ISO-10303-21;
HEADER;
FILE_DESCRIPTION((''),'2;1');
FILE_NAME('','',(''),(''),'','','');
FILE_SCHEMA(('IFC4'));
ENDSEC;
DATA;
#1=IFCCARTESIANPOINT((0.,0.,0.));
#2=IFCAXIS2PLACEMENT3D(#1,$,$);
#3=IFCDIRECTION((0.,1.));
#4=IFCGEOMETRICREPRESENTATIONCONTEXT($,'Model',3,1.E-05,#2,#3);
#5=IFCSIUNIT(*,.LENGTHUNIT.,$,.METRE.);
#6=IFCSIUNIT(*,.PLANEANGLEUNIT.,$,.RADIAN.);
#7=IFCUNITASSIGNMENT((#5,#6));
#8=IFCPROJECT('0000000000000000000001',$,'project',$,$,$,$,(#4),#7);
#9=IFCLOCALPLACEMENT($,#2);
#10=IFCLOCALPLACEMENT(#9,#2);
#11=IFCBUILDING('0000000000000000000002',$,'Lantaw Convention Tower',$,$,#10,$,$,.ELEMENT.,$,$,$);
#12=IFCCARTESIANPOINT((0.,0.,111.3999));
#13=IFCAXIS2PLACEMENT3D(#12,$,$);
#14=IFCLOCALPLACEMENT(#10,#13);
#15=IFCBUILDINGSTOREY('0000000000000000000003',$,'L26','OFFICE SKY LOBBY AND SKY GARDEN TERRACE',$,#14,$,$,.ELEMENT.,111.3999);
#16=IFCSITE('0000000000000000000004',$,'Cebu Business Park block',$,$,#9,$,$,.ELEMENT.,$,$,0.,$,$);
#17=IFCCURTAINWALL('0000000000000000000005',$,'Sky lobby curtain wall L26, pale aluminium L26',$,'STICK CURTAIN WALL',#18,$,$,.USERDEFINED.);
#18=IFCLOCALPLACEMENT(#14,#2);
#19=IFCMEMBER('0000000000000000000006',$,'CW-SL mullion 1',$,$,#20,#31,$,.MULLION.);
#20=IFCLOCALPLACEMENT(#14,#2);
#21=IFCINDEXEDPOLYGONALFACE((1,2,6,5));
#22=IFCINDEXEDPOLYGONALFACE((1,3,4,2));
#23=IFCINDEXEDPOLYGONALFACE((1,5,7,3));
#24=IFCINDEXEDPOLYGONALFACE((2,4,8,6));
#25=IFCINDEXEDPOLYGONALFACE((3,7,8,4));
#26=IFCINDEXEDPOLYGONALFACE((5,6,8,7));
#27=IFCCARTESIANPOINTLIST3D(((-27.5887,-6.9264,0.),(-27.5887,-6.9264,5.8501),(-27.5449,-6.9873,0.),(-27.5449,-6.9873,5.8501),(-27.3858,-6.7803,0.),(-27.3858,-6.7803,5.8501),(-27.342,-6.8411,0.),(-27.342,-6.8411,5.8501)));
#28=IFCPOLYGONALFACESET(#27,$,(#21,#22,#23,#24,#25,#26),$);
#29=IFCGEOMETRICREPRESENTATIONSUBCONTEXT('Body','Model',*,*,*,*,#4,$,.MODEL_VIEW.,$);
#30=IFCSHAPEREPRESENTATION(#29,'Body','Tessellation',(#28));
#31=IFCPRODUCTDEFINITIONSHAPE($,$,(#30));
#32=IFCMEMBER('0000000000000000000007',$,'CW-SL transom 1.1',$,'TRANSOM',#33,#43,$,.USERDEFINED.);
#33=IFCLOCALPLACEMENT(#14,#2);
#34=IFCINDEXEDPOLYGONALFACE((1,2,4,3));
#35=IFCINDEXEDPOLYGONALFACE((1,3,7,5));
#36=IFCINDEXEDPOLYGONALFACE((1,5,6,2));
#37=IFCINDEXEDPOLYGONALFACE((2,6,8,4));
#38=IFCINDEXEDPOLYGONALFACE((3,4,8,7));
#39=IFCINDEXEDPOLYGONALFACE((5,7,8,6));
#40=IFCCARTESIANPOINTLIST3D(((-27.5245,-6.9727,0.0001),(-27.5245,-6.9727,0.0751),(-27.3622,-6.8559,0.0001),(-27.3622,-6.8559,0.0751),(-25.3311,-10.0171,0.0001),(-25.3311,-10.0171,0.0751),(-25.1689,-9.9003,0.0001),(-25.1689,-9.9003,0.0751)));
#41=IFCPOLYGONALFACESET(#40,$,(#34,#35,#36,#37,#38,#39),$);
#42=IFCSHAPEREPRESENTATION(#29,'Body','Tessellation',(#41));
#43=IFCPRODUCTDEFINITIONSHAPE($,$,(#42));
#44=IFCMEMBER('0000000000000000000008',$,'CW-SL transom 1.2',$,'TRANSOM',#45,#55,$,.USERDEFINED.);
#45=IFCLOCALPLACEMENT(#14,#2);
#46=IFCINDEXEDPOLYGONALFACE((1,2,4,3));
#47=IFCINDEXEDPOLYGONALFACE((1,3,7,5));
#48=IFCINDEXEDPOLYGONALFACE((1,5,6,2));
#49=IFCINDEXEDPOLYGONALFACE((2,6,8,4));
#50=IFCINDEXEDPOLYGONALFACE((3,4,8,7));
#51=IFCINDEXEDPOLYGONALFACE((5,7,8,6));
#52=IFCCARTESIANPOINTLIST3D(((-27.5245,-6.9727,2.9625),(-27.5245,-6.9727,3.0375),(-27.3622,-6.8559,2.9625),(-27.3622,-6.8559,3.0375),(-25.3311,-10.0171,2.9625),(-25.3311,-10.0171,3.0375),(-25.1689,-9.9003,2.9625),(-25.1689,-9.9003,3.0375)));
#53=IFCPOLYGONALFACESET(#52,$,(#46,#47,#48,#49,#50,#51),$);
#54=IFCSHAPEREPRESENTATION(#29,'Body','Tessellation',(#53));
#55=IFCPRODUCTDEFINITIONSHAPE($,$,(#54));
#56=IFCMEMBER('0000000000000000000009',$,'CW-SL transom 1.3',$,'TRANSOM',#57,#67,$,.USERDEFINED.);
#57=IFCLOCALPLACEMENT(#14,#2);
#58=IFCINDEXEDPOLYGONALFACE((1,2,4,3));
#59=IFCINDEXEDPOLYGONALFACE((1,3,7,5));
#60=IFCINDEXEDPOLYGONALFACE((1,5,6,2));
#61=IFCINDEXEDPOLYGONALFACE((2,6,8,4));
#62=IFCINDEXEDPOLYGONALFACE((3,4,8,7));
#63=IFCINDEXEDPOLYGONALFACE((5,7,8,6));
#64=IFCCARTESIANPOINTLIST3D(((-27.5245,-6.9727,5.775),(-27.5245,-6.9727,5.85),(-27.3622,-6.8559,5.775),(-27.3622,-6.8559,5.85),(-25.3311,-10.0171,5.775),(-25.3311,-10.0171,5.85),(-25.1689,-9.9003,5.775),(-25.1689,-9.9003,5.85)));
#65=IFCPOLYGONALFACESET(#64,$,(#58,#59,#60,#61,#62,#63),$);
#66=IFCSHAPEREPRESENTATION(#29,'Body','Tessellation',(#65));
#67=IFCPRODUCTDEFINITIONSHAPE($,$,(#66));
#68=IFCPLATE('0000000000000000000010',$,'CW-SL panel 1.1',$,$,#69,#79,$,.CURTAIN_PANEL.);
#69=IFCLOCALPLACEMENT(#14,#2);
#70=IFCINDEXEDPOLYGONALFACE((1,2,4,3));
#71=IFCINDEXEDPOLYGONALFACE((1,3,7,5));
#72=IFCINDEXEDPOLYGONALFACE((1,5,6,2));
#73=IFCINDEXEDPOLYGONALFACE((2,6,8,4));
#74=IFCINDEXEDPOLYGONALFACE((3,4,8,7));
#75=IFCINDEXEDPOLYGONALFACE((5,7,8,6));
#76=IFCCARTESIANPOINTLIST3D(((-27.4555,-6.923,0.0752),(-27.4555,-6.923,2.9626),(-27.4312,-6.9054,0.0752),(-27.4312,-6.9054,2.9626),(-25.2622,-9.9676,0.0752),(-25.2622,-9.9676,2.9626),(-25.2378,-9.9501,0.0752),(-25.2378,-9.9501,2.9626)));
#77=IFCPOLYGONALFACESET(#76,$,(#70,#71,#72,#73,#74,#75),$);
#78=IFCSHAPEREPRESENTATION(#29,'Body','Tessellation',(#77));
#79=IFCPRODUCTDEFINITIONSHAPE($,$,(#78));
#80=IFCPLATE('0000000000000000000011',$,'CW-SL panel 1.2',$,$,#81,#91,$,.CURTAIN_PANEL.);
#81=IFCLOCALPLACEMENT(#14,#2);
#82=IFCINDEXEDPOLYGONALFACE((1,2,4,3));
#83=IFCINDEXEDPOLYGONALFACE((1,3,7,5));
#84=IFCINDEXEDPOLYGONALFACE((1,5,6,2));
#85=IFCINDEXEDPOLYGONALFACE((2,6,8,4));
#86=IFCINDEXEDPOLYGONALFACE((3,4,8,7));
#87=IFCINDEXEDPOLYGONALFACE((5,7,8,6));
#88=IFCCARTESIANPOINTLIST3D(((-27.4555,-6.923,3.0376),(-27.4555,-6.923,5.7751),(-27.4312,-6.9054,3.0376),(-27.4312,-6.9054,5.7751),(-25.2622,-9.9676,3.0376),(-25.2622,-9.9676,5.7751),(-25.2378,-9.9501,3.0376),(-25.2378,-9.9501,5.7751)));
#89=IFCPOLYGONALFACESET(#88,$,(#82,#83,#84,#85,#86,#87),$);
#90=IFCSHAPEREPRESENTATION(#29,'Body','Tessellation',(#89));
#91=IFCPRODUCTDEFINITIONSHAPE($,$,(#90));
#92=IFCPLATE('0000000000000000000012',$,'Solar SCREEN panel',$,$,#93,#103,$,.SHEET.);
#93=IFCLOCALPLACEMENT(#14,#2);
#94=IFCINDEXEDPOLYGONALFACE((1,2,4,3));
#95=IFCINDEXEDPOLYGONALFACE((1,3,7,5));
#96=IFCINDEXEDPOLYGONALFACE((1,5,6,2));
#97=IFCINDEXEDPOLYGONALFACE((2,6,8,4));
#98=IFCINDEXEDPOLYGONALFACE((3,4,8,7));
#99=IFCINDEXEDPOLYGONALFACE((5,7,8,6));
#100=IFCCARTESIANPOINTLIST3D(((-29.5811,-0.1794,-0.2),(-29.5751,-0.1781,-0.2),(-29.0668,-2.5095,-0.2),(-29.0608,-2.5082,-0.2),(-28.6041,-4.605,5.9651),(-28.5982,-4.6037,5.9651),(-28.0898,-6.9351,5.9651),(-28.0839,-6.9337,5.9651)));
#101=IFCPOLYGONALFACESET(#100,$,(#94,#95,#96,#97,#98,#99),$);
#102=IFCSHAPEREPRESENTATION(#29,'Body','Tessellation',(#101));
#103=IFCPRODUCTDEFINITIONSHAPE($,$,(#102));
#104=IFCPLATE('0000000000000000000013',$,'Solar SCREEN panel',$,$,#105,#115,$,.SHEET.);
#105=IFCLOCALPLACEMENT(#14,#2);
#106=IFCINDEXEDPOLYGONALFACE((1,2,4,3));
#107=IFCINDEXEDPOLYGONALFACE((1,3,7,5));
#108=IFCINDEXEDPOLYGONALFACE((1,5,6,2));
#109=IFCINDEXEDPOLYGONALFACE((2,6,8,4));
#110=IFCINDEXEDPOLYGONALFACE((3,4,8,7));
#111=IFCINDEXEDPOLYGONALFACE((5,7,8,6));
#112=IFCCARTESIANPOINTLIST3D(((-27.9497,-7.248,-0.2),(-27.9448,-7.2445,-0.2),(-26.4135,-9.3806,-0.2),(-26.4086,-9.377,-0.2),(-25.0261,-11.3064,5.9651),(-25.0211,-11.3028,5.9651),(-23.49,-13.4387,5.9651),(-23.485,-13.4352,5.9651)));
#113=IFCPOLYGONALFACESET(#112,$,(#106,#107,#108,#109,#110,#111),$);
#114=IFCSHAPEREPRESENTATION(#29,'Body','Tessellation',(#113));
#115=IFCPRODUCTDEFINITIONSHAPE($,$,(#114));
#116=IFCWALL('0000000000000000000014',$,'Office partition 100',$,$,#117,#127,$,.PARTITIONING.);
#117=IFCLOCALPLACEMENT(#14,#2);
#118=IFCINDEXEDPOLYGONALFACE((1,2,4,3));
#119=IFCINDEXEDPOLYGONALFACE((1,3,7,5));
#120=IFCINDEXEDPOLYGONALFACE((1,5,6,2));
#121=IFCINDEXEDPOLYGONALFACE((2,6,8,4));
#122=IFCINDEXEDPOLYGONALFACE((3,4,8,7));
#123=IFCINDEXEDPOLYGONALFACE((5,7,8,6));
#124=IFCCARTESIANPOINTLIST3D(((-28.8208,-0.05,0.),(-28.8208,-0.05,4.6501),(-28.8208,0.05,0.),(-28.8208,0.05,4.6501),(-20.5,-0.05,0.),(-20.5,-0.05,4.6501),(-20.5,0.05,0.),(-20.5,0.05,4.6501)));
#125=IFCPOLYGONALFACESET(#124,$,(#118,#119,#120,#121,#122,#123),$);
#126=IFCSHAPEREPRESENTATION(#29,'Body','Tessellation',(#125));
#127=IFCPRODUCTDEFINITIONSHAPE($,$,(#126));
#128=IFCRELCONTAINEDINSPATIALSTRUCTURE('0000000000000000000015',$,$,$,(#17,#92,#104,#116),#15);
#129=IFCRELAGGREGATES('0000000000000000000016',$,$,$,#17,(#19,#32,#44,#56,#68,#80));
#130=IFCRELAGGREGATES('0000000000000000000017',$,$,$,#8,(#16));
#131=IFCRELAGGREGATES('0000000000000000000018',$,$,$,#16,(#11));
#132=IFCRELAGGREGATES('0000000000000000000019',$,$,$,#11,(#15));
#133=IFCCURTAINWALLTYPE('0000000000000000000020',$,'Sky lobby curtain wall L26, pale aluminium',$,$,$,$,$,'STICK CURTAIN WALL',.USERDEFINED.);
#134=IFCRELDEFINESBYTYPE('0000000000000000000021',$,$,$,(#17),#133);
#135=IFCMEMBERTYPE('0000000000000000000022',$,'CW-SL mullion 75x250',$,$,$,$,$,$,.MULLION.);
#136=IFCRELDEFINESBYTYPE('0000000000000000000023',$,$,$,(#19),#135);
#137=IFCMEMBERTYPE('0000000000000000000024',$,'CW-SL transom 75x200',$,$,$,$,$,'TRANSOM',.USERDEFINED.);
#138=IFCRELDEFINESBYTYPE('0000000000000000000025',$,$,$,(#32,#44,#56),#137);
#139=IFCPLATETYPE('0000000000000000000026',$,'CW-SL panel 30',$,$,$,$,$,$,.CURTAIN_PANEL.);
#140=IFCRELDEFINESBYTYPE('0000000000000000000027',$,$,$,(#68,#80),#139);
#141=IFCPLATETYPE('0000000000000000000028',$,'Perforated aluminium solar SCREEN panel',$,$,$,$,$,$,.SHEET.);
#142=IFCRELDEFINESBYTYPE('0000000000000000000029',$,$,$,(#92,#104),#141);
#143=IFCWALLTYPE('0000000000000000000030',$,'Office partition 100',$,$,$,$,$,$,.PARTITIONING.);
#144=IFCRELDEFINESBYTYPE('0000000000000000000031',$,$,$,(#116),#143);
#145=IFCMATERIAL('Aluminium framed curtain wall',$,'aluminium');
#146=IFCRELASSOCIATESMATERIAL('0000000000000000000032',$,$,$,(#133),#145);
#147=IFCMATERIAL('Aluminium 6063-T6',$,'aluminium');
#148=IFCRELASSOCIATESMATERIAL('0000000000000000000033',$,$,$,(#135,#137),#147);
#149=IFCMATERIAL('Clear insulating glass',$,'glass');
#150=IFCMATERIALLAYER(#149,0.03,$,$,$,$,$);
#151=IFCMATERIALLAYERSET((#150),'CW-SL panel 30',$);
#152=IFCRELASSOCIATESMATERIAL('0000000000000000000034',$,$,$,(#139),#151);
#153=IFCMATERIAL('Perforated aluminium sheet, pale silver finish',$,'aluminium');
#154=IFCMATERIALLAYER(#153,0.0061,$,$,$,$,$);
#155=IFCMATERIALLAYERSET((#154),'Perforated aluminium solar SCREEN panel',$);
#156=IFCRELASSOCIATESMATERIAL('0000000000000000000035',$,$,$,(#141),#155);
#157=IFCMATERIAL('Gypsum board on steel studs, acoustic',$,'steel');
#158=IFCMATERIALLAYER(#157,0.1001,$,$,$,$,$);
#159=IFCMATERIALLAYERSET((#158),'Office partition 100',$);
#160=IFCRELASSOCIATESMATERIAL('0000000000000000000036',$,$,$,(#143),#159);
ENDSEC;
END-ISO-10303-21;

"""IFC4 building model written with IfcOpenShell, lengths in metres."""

from ifc_helpers import new_model, si_unit, direction, frame, frame_2d, origin, origin_2d, place, context, subcontext, project, spatial, polyline, rectangle, outline, extrude, material, layer, layer_set, material_profile, profile_set, type_object, element, aggregate, save


model = new_model("IFC4")

# Units and contexts
model_context = context("Model", 3, precision=1e-05, world=origin(), true_north=direction((0.0, 1.0)))
body_context = subcontext(model_context, "Body", "Model", "MODEL_VIEW")
ifc_project = project(units=[si_unit("LENGTHUNIT", "METRE"), si_unit("PLANEANGLEUNIT", "RADIAN")], contexts=[model_context])

# Site, building, storey
site_placement = place(None, origin())
site = spatial("IfcSite", under=ifc_project, at=site_placement, Name="Cebu Business Park block", CompositionType="ELEMENT", RefElevation=0.0)
building_placement = place(site_placement, origin())
building = spatial("IfcBuilding", under=site, at=building_placement, Name="Lantaw Convention Tower", CompositionType="ELEMENT")
storey_placement = place(building_placement, frame((0.0, 0.0, 111.3999)))
storey = spatial("IfcBuildingStorey", under=building, at=storey_placement, Name="L26", Description="OFFICE SKY LOBBY AND SKY GARDEN TERRACE", CompositionType="ELEMENT", Elevation=111.3999)

# Curtain wall, members, plates
ifc_material_1 = material(Name="Aluminium framed curtain wall", Category="aluminium")
curtain_wall_type = type_object("IfcCurtainWallType", Name="Sky lobby curtain wall L26, pale aluminium", ElementType="STICK CURTAIN WALL", PredefinedType="USERDEFINED", material=ifc_material_1)
curtain_wall_placement = place(storey_placement, origin())
curtain_wall = element("IfcCurtainWall", 1, at=curtain_wall_placement, inside=storey, type_object=curtain_wall_type, Name="Sky lobby curtain wall L26, pale aluminium L26", ObjectType="STICK CURTAIN WALL", PredefinedType="USERDEFINED")
ifc_material_2 = material(Name="Aluminium 6063-T6", Category="aluminium")
ifc_material_profile_1 = material_profile(ifc_material_2, rectangle(XDim=0.25, YDim=0.075, at=origin_2d()), Name="CW-SL mullion 75x250")
ifc_profile_set_1 = profile_set([ifc_material_profile_1], Name="Aluminium 6063-T6")
member_type_1 = type_object("IfcMemberType", Name="CW-SL mullion 75x250", PredefinedType="MULLION", material=ifc_profile_set_1)
member_1_placement = place(storey_placement, frame((-27.4653, -6.8838, 0.0), z_axis=(0.0, 0.0, 1.0), x_axis=(0.811385, 0.584513, 0.0)))
member_1 = element("IfcMember", 2, at=member_1_placement, type_object=member_type_1, Name="CW-SL mullion 1", PredefinedType="MULLION", context=body_context, shape_type="SweptSolid", body=[
    extrude(rectangle(XDim=0.25, YDim=0.075, at=origin_2d()), origin(), (0.0, 0.0, 1.0), 5.8501),
])
ifc_material_profile_2 = material_profile(ifc_material_2, rectangle(XDim=0.2, YDim=0.075, at=origin_2d()), Name="CW-SL transom 75x200")
ifc_profile_set_2 = profile_set([ifc_material_profile_2], Name="Aluminium 6063-T6")
member_type_2 = type_object("IfcMemberType", Name="CW-SL transom 75x200", ElementType="TRANSOM", PredefinedType="USERDEFINED", material=ifc_profile_set_2)
member_2_placement = place(storey_placement, frame((-27.4434, -6.9143, 0.0376), z_axis=(0.584545, -0.811362, 0.0), x_axis=(0.811362, 0.584545, 0.0)))
member_2 = element("IfcMember", 3, at=member_2_placement, type_object=member_type_2, Name="CW-SL transom 1.1", ObjectType="TRANSOM", PredefinedType="USERDEFINED", context=body_context, shape_type="SweptSolid", body=[
    extrude(rectangle(XDim=0.2, YDim=0.075, at=origin_2d()), origin(), (0.0, 0.0, 1.0), 3.7522),
])
member_3_placement = place(storey_placement, frame((-27.4434, -6.9143, 3.0), z_axis=(0.584545, -0.811362, 0.0), x_axis=(0.811362, 0.584545, 0.0)))
member_3 = element("IfcMember", 4, at=member_3_placement, type_object=member_type_2, Name="CW-SL transom 1.2", ObjectType="TRANSOM", PredefinedType="USERDEFINED", context=body_context, shape_type="SweptSolid", body=[
    extrude(rectangle(XDim=0.2, YDim=0.075, at=origin_2d()), origin(), (0.0, 0.0, 1.0), 3.7522),
])
member_4_placement = place(storey_placement, frame((-27.4434, -6.9143, 5.8125), z_axis=(0.584545, -0.811362, 0.0), x_axis=(0.811362, 0.584545, 0.0)))
member_4 = element("IfcMember", 5, at=member_4_placement, type_object=member_type_2, Name="CW-SL transom 1.3", ObjectType="TRANSOM", PredefinedType="USERDEFINED", context=body_context, shape_type="SweptSolid", body=[
    extrude(rectangle(XDim=0.2, YDim=0.075, at=origin_2d()), origin(), (0.0, 0.0, 1.0), 3.7522),
])
ifc_material_3 = material(Name="Clear insulating glass", Category="glass")
ifc_layer_1 = layer(ifc_material_3, 0.03)
ifc_layer_set_1 = layer_set([ifc_layer_1], Name="CW-SL panel 30")
plate_type_1 = type_object("IfcPlateType", Name="CW-SL panel 30", PredefinedType="CURTAIN_PANEL", material=ifc_layer_set_1)
plate_1_placement = place(storey_placement, frame((-26.3467, -8.4365, 0.0752), z_axis=(0.0, 0.0, 1.0), x_axis=(0.584513, -0.811385, 0.0)))
plate_1 = element("IfcPlate", 6, at=plate_1_placement, type_object=plate_type_1, Name="CW-SL panel 1.1", PredefinedType="CURTAIN_PANEL", context=body_context, shape_type="SweptSolid", body=[
    extrude(rectangle(XDim=3.7524, YDim=0.03, at=origin_2d()), origin(), (0.0, 0.0, 1.0), 2.8875),
])
plate_2_placement = place(storey_placement, frame((-26.3467, -8.4365, 3.0376), z_axis=(0.0, 0.0, 1.0), x_axis=(0.584513, -0.811385, 0.0)))
plate_2 = element("IfcPlate", 7, at=plate_2_placement, type_object=plate_type_1, Name="CW-SL panel 1.2", PredefinedType="CURTAIN_PANEL", context=body_context, shape_type="SweptSolid", body=[
    extrude(rectangle(XDim=3.7524, YDim=0.03, at=origin_2d()), origin(), (0.0, 0.0, 1.0), 2.7375),
])
aggregate(curtain_wall, [member_1, member_2, member_3, member_4, plate_1, plate_2])

# Plates
ifc_material_4 = material(Name="Perforated aluminium sheet, pale silver finish", Category="aluminium")
ifc_layer_2 = layer(ifc_material_4, 0.0061)
ifc_layer_set_2 = layer_set([ifc_layer_2], Name="Perforated aluminium solar SCREEN panel")
plate_type_2 = type_object("IfcPlateType", Name="Perforated aluminium solar SCREEN panel", PredefinedType="SHEET", material=ifc_layer_set_2)
plate_3_placement = place(storey_placement, frame((-29.5811, -0.1794, -0.2), z_axis=(-0.976498, -0.215527, 0.000023), x_axis=(0.215527, -0.976498, 0.0)))
element("IfcPlate", 8, at=plate_3_placement, inside=storey, type_object=plate_type_2, Name="Solar SCREEN panel", PredefinedType="SHEET", context=body_context, shape_type="SweptSolid", body=[
    extrude(outline(polyline([(0.0, 0.0), (2.3862, 0.0), (6.9182, 6.165), (4.5321, 6.165), (0.0, 0.0)])), origin(), (0.0, 0.0, -1.0), 0.0061),
])
plate_4_placement = place(storey_placement, frame((-27.9497, -7.248, -0.2), z_axis=(-0.811395, -0.584498, 0.000025), x_axis=(0.584498, -0.811395, 0.0)))
element("IfcPlate", 9, at=plate_4_placement, inside=storey, type_object=plate_type_2, Name="Solar SCREEN panel", PredefinedType="SHEET", context=body_context, shape_type="SweptSolid", body=[
    extrude(outline(polyline([(0.0, 0.0), (2.6282, 0.0), (7.6298, 6.165), (5.0018, 6.165), (0.0, 0.0)])), origin(), (0.0, 0.0, -1.0), 0.0061),
])

# Wall
ifc_material_5 = material(Name="Gypsum board on steel studs, acoustic", Category="steel")
ifc_layer_3 = layer(ifc_material_5, 0.1001)
ifc_layer_set_3 = layer_set([ifc_layer_3], Name="Office partition 100")
wall_type = type_object("IfcWallType", Name="Office partition 100", PredefinedType="PARTITIONING", material=ifc_layer_set_3)
wall_placement = place(storey_placement, frame((-28.8208, 0.0, 0.0), z_axis=(0.0, 0.0, 1.0), x_axis=(1.0, 0.0, 0.0)))
element("IfcWall", 10, at=wall_placement, inside=storey, type_object=wall_type, Name="Office partition 100", PredefinedType="PARTITIONING", context=body_context, shape_type="SweptSolid", body=[
    extrude(rectangle(XDim=8.3208, YDim=0.1001, at=frame_2d((4.1604, 0.0))), origin(), (0.0, 0.0, 1.0), 4.6501),
])

save(model, "model.ifc")
